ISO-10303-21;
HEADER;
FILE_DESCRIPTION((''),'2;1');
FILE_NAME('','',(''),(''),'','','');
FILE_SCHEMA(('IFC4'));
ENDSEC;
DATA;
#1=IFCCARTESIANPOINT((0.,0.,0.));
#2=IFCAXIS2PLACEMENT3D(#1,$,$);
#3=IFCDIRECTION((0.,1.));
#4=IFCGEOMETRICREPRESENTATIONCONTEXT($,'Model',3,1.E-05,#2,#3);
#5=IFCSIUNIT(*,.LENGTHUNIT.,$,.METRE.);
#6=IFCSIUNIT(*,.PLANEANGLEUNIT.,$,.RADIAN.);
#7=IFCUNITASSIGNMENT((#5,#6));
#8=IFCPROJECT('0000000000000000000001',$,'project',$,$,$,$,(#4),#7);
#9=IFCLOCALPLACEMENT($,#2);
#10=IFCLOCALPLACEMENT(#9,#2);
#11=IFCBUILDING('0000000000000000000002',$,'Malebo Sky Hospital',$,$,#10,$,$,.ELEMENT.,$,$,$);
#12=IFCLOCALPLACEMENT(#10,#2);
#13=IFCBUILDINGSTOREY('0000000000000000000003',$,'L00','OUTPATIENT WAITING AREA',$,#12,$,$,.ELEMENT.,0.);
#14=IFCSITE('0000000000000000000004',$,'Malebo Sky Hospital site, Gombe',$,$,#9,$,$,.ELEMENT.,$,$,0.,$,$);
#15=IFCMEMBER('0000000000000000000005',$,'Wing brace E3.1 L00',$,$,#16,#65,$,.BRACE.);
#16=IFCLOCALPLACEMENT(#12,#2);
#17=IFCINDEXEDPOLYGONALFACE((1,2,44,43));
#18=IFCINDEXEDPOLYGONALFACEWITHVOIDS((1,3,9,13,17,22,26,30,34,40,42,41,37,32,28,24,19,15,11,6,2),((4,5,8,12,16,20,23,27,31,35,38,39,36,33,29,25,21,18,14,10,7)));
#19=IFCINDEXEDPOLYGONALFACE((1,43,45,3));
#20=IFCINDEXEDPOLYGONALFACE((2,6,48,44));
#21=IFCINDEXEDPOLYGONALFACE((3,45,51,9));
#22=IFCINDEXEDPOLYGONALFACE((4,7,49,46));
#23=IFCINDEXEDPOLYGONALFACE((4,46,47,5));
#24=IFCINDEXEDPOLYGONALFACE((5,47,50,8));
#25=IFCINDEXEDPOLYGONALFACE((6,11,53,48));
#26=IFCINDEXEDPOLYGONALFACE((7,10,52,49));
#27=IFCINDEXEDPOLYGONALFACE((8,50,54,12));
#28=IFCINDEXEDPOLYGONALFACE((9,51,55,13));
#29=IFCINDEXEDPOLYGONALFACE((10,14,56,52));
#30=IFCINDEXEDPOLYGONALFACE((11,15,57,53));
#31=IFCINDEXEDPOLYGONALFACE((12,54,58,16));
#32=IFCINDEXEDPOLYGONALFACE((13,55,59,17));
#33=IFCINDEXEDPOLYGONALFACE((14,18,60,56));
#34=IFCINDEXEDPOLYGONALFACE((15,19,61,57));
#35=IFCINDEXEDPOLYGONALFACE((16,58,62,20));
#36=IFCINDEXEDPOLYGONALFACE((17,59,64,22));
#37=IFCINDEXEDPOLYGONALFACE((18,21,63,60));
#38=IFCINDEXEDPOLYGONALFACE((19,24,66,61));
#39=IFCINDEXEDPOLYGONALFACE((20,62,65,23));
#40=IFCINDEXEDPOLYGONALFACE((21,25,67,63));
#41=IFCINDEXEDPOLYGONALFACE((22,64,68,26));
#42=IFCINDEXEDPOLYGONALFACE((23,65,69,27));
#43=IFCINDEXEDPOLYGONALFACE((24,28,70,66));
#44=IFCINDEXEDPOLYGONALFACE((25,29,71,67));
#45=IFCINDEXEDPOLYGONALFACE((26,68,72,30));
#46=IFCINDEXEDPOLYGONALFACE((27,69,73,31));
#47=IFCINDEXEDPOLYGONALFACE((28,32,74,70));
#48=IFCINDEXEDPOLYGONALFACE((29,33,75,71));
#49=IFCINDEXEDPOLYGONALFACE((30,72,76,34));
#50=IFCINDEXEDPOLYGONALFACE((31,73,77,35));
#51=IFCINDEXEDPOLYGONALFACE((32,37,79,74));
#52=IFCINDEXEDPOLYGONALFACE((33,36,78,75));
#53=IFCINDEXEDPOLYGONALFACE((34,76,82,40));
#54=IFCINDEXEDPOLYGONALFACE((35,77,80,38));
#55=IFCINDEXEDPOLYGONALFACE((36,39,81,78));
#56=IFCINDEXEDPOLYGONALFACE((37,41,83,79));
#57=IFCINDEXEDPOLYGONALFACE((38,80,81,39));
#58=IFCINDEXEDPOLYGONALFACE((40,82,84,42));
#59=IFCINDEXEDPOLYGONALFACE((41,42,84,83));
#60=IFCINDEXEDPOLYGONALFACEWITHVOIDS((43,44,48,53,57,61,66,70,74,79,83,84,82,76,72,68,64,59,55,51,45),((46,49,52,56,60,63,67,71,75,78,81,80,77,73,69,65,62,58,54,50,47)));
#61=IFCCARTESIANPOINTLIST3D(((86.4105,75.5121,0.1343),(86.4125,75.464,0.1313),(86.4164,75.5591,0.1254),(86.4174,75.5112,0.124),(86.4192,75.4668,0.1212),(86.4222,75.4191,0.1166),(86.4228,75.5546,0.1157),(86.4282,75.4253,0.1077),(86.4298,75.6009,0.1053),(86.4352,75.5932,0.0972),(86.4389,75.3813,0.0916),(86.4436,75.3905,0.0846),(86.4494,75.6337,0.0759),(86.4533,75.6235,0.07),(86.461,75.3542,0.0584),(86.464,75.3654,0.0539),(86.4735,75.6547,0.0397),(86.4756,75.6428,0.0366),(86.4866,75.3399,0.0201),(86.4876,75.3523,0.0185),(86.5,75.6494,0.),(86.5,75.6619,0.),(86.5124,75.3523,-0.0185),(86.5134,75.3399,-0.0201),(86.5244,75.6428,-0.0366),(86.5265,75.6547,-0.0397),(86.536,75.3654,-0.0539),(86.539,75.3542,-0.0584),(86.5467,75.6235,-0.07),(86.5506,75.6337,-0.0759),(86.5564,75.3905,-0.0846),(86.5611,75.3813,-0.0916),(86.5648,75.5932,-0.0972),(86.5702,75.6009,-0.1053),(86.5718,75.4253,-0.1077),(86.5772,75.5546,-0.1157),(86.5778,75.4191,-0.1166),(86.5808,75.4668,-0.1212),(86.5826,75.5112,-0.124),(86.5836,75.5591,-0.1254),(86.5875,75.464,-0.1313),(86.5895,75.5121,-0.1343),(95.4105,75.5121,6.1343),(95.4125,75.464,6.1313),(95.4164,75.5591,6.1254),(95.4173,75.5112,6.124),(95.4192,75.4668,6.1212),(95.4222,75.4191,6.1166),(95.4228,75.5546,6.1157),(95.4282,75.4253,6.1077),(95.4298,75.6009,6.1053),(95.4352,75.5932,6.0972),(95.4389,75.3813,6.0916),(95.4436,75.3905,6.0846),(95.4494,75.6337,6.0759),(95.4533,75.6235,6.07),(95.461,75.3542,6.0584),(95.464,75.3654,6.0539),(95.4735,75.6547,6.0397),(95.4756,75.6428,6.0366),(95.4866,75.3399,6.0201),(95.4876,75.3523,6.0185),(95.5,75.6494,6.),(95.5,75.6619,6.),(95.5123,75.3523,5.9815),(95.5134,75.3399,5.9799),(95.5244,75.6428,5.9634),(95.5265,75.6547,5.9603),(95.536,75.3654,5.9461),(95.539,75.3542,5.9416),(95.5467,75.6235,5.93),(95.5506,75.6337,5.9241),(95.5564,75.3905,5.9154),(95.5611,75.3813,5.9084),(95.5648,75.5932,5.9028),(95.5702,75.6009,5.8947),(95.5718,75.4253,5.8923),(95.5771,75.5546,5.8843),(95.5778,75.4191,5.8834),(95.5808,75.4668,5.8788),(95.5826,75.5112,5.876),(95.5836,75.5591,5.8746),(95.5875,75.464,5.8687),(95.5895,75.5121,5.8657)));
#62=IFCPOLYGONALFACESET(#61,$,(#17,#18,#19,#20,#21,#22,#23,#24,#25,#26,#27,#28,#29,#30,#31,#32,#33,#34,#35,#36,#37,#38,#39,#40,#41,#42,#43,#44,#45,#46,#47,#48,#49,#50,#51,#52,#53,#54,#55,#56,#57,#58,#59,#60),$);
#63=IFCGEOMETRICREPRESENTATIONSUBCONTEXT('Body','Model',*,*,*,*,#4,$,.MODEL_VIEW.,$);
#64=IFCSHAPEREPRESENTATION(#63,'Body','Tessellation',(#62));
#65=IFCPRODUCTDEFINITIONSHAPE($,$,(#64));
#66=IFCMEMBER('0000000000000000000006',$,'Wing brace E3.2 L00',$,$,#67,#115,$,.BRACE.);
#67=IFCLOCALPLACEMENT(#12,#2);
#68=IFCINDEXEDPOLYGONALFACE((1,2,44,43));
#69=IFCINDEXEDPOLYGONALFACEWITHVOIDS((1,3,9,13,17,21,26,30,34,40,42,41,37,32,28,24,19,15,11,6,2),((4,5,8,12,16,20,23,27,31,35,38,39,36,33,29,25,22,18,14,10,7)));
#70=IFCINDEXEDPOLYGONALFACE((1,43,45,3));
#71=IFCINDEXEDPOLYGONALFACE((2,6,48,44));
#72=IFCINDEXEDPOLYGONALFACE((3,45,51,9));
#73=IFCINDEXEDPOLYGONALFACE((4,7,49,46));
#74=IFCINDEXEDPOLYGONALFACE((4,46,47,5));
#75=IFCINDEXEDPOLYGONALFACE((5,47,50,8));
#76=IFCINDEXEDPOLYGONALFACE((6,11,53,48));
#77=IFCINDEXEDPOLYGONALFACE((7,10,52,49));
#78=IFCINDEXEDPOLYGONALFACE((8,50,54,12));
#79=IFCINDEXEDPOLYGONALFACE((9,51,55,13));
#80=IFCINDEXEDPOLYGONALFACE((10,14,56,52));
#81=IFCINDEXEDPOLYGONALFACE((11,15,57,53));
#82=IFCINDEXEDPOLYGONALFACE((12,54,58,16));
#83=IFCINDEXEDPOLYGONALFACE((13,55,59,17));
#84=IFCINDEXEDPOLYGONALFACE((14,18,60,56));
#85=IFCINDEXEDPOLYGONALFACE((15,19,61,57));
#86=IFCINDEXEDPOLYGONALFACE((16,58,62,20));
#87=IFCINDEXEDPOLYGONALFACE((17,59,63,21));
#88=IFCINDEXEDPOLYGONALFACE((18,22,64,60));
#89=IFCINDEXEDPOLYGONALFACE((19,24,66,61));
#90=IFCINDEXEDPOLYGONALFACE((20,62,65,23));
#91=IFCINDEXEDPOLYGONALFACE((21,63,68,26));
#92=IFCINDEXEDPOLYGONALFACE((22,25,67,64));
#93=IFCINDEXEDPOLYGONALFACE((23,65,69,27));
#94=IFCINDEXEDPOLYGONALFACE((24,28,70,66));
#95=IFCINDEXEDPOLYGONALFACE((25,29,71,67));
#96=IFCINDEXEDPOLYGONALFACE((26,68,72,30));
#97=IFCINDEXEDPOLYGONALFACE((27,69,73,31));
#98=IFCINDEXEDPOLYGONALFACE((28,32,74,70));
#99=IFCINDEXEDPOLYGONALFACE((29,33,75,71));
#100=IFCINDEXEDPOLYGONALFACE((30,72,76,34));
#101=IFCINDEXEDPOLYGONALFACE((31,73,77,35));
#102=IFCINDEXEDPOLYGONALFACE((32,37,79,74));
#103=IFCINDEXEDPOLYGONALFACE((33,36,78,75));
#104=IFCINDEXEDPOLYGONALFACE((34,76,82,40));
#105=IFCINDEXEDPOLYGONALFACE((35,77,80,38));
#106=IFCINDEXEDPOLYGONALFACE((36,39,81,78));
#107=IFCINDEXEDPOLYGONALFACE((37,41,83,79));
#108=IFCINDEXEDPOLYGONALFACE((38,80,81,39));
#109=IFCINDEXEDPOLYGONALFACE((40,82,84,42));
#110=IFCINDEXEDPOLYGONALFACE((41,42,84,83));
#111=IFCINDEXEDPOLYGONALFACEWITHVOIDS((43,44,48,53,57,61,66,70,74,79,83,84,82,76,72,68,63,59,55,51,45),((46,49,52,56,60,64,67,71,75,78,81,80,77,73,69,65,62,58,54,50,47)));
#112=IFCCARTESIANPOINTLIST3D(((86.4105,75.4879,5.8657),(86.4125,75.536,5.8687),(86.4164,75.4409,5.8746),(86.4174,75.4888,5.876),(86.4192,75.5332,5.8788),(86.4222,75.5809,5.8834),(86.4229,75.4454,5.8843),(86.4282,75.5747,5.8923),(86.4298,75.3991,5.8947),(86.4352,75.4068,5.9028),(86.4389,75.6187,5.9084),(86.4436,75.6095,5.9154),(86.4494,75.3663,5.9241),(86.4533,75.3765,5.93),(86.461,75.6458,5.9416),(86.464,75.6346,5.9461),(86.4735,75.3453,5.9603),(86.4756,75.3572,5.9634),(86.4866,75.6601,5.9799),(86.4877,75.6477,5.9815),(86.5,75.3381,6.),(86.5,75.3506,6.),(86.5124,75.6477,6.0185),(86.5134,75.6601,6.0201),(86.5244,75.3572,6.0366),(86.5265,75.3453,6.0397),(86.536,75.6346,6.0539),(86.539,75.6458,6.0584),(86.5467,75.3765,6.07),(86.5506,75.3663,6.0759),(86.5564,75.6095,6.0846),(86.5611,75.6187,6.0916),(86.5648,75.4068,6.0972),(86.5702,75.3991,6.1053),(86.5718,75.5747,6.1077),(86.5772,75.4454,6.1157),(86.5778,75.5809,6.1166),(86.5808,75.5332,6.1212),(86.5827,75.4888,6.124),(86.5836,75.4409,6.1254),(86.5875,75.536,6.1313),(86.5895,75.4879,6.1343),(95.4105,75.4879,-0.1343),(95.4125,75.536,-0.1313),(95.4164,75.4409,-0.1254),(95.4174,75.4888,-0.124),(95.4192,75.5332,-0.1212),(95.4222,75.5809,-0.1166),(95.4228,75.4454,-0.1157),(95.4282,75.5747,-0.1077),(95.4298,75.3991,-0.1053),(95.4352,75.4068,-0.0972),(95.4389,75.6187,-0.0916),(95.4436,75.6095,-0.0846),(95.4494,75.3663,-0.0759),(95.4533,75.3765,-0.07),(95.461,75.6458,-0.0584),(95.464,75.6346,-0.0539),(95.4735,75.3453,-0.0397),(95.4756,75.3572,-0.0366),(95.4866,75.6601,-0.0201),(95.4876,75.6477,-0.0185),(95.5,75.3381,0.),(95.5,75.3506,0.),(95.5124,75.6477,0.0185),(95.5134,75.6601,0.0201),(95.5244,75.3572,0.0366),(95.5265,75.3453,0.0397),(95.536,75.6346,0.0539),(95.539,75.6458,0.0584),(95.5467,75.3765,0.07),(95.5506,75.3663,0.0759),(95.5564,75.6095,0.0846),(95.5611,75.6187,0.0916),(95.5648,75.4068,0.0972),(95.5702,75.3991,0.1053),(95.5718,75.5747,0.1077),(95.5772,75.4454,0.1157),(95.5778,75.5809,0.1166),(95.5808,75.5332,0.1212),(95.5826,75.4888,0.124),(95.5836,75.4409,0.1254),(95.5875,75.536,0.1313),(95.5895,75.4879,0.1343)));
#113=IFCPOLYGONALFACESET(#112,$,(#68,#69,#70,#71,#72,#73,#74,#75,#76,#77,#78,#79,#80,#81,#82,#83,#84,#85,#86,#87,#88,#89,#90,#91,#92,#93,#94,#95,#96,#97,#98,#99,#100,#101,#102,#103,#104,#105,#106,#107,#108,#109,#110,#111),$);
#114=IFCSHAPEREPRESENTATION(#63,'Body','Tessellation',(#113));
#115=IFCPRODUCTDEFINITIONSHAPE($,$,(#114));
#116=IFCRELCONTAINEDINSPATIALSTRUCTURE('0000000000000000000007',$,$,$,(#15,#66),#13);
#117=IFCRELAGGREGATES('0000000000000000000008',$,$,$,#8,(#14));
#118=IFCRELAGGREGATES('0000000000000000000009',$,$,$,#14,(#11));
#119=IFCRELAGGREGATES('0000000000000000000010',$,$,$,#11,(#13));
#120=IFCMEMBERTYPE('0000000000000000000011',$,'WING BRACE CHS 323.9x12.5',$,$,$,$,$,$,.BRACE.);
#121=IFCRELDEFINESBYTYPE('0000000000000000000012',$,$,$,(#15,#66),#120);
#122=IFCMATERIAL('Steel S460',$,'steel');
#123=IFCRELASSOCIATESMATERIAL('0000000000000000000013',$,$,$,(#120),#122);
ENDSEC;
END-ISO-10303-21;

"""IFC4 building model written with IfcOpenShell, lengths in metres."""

from ifc_helpers import new_model, si_unit, direction, frame, origin, origin_2d, place, context, subcontext, project, spatial, hollow_circle, extrude, material, material_profile, profile_set, type_object, element, save


model = new_model("IFC4")

# Units and contexts
model_context = context("Model", 3, precision=1e-05, world=origin(), true_north=direction((0.0, 1.0)))
body_context = subcontext(model_context, "Body", "Model", "MODEL_VIEW")
ifc_project = project(units=[si_unit("LENGTHUNIT", "METRE"), si_unit("PLANEANGLEUNIT", "RADIAN")], contexts=[model_context])

# Site, building, storey
site_placement = place(None, origin())
site = spatial("IfcSite", under=ifc_project, at=site_placement, Name="Malebo Sky Hospital site, Gombe", CompositionType="ELEMENT", RefElevation=0.0)
building_placement = place(site_placement, origin())
building = spatial("IfcBuilding", under=site, at=building_placement, Name="Malebo Sky Hospital", CompositionType="ELEMENT")
storey_placement = place(building_placement, origin())
storey = spatial("IfcBuildingStorey", under=building, at=storey_placement, Name="L00", Description="OUTPATIENT WAITING AREA", CompositionType="ELEMENT", Elevation=0.0)

# Shared definitions
ifc_material_1 = material(Name="Steel S460", Category="steel")

# Members
ifc_material_profile_1 = material_profile(ifc_material_1, hollow_circle(Radius=0.1619, WallThickness=0.0125, at=origin_2d()), Name="CHS 323.9x12.5")
ifc_profile_set_1 = profile_set([ifc_material_profile_1], Name="Steel S460")
member_type = type_object("IfcMemberType", Name="WING BRACE CHS 323.9x12.5", PredefinedType="BRACE", material=ifc_profile_set_1)
for number, where, z_axis, x_axis, name in (
    (1, (86.5, 75.5, 0.0), (0.83205, 0.0, 0.5547), (0.0, 1.0, 0.0), "Wing brace E3.1 L00"),
    (2, (95.5, 75.5, 0.0), (-0.83205, 0.0, 0.5547), (0.0, -1.0, 0.0), "Wing brace E3.2 L00"),
):
    element("IfcMember", number, at=place(storey_placement, frame(where, z_axis=z_axis, x_axis=x_axis)), inside=storey, type_object=member_type, Name=name, PredefinedType="BRACE", context=body_context, shape_type="SweptSolid", body=[
        extrude(hollow_circle(Radius=0.1619, WallThickness=0.0125, at=origin_2d()), origin(), (0.0, 0.0, 1.0), 10.8167),
    ])

save(model, "model.ifc")
